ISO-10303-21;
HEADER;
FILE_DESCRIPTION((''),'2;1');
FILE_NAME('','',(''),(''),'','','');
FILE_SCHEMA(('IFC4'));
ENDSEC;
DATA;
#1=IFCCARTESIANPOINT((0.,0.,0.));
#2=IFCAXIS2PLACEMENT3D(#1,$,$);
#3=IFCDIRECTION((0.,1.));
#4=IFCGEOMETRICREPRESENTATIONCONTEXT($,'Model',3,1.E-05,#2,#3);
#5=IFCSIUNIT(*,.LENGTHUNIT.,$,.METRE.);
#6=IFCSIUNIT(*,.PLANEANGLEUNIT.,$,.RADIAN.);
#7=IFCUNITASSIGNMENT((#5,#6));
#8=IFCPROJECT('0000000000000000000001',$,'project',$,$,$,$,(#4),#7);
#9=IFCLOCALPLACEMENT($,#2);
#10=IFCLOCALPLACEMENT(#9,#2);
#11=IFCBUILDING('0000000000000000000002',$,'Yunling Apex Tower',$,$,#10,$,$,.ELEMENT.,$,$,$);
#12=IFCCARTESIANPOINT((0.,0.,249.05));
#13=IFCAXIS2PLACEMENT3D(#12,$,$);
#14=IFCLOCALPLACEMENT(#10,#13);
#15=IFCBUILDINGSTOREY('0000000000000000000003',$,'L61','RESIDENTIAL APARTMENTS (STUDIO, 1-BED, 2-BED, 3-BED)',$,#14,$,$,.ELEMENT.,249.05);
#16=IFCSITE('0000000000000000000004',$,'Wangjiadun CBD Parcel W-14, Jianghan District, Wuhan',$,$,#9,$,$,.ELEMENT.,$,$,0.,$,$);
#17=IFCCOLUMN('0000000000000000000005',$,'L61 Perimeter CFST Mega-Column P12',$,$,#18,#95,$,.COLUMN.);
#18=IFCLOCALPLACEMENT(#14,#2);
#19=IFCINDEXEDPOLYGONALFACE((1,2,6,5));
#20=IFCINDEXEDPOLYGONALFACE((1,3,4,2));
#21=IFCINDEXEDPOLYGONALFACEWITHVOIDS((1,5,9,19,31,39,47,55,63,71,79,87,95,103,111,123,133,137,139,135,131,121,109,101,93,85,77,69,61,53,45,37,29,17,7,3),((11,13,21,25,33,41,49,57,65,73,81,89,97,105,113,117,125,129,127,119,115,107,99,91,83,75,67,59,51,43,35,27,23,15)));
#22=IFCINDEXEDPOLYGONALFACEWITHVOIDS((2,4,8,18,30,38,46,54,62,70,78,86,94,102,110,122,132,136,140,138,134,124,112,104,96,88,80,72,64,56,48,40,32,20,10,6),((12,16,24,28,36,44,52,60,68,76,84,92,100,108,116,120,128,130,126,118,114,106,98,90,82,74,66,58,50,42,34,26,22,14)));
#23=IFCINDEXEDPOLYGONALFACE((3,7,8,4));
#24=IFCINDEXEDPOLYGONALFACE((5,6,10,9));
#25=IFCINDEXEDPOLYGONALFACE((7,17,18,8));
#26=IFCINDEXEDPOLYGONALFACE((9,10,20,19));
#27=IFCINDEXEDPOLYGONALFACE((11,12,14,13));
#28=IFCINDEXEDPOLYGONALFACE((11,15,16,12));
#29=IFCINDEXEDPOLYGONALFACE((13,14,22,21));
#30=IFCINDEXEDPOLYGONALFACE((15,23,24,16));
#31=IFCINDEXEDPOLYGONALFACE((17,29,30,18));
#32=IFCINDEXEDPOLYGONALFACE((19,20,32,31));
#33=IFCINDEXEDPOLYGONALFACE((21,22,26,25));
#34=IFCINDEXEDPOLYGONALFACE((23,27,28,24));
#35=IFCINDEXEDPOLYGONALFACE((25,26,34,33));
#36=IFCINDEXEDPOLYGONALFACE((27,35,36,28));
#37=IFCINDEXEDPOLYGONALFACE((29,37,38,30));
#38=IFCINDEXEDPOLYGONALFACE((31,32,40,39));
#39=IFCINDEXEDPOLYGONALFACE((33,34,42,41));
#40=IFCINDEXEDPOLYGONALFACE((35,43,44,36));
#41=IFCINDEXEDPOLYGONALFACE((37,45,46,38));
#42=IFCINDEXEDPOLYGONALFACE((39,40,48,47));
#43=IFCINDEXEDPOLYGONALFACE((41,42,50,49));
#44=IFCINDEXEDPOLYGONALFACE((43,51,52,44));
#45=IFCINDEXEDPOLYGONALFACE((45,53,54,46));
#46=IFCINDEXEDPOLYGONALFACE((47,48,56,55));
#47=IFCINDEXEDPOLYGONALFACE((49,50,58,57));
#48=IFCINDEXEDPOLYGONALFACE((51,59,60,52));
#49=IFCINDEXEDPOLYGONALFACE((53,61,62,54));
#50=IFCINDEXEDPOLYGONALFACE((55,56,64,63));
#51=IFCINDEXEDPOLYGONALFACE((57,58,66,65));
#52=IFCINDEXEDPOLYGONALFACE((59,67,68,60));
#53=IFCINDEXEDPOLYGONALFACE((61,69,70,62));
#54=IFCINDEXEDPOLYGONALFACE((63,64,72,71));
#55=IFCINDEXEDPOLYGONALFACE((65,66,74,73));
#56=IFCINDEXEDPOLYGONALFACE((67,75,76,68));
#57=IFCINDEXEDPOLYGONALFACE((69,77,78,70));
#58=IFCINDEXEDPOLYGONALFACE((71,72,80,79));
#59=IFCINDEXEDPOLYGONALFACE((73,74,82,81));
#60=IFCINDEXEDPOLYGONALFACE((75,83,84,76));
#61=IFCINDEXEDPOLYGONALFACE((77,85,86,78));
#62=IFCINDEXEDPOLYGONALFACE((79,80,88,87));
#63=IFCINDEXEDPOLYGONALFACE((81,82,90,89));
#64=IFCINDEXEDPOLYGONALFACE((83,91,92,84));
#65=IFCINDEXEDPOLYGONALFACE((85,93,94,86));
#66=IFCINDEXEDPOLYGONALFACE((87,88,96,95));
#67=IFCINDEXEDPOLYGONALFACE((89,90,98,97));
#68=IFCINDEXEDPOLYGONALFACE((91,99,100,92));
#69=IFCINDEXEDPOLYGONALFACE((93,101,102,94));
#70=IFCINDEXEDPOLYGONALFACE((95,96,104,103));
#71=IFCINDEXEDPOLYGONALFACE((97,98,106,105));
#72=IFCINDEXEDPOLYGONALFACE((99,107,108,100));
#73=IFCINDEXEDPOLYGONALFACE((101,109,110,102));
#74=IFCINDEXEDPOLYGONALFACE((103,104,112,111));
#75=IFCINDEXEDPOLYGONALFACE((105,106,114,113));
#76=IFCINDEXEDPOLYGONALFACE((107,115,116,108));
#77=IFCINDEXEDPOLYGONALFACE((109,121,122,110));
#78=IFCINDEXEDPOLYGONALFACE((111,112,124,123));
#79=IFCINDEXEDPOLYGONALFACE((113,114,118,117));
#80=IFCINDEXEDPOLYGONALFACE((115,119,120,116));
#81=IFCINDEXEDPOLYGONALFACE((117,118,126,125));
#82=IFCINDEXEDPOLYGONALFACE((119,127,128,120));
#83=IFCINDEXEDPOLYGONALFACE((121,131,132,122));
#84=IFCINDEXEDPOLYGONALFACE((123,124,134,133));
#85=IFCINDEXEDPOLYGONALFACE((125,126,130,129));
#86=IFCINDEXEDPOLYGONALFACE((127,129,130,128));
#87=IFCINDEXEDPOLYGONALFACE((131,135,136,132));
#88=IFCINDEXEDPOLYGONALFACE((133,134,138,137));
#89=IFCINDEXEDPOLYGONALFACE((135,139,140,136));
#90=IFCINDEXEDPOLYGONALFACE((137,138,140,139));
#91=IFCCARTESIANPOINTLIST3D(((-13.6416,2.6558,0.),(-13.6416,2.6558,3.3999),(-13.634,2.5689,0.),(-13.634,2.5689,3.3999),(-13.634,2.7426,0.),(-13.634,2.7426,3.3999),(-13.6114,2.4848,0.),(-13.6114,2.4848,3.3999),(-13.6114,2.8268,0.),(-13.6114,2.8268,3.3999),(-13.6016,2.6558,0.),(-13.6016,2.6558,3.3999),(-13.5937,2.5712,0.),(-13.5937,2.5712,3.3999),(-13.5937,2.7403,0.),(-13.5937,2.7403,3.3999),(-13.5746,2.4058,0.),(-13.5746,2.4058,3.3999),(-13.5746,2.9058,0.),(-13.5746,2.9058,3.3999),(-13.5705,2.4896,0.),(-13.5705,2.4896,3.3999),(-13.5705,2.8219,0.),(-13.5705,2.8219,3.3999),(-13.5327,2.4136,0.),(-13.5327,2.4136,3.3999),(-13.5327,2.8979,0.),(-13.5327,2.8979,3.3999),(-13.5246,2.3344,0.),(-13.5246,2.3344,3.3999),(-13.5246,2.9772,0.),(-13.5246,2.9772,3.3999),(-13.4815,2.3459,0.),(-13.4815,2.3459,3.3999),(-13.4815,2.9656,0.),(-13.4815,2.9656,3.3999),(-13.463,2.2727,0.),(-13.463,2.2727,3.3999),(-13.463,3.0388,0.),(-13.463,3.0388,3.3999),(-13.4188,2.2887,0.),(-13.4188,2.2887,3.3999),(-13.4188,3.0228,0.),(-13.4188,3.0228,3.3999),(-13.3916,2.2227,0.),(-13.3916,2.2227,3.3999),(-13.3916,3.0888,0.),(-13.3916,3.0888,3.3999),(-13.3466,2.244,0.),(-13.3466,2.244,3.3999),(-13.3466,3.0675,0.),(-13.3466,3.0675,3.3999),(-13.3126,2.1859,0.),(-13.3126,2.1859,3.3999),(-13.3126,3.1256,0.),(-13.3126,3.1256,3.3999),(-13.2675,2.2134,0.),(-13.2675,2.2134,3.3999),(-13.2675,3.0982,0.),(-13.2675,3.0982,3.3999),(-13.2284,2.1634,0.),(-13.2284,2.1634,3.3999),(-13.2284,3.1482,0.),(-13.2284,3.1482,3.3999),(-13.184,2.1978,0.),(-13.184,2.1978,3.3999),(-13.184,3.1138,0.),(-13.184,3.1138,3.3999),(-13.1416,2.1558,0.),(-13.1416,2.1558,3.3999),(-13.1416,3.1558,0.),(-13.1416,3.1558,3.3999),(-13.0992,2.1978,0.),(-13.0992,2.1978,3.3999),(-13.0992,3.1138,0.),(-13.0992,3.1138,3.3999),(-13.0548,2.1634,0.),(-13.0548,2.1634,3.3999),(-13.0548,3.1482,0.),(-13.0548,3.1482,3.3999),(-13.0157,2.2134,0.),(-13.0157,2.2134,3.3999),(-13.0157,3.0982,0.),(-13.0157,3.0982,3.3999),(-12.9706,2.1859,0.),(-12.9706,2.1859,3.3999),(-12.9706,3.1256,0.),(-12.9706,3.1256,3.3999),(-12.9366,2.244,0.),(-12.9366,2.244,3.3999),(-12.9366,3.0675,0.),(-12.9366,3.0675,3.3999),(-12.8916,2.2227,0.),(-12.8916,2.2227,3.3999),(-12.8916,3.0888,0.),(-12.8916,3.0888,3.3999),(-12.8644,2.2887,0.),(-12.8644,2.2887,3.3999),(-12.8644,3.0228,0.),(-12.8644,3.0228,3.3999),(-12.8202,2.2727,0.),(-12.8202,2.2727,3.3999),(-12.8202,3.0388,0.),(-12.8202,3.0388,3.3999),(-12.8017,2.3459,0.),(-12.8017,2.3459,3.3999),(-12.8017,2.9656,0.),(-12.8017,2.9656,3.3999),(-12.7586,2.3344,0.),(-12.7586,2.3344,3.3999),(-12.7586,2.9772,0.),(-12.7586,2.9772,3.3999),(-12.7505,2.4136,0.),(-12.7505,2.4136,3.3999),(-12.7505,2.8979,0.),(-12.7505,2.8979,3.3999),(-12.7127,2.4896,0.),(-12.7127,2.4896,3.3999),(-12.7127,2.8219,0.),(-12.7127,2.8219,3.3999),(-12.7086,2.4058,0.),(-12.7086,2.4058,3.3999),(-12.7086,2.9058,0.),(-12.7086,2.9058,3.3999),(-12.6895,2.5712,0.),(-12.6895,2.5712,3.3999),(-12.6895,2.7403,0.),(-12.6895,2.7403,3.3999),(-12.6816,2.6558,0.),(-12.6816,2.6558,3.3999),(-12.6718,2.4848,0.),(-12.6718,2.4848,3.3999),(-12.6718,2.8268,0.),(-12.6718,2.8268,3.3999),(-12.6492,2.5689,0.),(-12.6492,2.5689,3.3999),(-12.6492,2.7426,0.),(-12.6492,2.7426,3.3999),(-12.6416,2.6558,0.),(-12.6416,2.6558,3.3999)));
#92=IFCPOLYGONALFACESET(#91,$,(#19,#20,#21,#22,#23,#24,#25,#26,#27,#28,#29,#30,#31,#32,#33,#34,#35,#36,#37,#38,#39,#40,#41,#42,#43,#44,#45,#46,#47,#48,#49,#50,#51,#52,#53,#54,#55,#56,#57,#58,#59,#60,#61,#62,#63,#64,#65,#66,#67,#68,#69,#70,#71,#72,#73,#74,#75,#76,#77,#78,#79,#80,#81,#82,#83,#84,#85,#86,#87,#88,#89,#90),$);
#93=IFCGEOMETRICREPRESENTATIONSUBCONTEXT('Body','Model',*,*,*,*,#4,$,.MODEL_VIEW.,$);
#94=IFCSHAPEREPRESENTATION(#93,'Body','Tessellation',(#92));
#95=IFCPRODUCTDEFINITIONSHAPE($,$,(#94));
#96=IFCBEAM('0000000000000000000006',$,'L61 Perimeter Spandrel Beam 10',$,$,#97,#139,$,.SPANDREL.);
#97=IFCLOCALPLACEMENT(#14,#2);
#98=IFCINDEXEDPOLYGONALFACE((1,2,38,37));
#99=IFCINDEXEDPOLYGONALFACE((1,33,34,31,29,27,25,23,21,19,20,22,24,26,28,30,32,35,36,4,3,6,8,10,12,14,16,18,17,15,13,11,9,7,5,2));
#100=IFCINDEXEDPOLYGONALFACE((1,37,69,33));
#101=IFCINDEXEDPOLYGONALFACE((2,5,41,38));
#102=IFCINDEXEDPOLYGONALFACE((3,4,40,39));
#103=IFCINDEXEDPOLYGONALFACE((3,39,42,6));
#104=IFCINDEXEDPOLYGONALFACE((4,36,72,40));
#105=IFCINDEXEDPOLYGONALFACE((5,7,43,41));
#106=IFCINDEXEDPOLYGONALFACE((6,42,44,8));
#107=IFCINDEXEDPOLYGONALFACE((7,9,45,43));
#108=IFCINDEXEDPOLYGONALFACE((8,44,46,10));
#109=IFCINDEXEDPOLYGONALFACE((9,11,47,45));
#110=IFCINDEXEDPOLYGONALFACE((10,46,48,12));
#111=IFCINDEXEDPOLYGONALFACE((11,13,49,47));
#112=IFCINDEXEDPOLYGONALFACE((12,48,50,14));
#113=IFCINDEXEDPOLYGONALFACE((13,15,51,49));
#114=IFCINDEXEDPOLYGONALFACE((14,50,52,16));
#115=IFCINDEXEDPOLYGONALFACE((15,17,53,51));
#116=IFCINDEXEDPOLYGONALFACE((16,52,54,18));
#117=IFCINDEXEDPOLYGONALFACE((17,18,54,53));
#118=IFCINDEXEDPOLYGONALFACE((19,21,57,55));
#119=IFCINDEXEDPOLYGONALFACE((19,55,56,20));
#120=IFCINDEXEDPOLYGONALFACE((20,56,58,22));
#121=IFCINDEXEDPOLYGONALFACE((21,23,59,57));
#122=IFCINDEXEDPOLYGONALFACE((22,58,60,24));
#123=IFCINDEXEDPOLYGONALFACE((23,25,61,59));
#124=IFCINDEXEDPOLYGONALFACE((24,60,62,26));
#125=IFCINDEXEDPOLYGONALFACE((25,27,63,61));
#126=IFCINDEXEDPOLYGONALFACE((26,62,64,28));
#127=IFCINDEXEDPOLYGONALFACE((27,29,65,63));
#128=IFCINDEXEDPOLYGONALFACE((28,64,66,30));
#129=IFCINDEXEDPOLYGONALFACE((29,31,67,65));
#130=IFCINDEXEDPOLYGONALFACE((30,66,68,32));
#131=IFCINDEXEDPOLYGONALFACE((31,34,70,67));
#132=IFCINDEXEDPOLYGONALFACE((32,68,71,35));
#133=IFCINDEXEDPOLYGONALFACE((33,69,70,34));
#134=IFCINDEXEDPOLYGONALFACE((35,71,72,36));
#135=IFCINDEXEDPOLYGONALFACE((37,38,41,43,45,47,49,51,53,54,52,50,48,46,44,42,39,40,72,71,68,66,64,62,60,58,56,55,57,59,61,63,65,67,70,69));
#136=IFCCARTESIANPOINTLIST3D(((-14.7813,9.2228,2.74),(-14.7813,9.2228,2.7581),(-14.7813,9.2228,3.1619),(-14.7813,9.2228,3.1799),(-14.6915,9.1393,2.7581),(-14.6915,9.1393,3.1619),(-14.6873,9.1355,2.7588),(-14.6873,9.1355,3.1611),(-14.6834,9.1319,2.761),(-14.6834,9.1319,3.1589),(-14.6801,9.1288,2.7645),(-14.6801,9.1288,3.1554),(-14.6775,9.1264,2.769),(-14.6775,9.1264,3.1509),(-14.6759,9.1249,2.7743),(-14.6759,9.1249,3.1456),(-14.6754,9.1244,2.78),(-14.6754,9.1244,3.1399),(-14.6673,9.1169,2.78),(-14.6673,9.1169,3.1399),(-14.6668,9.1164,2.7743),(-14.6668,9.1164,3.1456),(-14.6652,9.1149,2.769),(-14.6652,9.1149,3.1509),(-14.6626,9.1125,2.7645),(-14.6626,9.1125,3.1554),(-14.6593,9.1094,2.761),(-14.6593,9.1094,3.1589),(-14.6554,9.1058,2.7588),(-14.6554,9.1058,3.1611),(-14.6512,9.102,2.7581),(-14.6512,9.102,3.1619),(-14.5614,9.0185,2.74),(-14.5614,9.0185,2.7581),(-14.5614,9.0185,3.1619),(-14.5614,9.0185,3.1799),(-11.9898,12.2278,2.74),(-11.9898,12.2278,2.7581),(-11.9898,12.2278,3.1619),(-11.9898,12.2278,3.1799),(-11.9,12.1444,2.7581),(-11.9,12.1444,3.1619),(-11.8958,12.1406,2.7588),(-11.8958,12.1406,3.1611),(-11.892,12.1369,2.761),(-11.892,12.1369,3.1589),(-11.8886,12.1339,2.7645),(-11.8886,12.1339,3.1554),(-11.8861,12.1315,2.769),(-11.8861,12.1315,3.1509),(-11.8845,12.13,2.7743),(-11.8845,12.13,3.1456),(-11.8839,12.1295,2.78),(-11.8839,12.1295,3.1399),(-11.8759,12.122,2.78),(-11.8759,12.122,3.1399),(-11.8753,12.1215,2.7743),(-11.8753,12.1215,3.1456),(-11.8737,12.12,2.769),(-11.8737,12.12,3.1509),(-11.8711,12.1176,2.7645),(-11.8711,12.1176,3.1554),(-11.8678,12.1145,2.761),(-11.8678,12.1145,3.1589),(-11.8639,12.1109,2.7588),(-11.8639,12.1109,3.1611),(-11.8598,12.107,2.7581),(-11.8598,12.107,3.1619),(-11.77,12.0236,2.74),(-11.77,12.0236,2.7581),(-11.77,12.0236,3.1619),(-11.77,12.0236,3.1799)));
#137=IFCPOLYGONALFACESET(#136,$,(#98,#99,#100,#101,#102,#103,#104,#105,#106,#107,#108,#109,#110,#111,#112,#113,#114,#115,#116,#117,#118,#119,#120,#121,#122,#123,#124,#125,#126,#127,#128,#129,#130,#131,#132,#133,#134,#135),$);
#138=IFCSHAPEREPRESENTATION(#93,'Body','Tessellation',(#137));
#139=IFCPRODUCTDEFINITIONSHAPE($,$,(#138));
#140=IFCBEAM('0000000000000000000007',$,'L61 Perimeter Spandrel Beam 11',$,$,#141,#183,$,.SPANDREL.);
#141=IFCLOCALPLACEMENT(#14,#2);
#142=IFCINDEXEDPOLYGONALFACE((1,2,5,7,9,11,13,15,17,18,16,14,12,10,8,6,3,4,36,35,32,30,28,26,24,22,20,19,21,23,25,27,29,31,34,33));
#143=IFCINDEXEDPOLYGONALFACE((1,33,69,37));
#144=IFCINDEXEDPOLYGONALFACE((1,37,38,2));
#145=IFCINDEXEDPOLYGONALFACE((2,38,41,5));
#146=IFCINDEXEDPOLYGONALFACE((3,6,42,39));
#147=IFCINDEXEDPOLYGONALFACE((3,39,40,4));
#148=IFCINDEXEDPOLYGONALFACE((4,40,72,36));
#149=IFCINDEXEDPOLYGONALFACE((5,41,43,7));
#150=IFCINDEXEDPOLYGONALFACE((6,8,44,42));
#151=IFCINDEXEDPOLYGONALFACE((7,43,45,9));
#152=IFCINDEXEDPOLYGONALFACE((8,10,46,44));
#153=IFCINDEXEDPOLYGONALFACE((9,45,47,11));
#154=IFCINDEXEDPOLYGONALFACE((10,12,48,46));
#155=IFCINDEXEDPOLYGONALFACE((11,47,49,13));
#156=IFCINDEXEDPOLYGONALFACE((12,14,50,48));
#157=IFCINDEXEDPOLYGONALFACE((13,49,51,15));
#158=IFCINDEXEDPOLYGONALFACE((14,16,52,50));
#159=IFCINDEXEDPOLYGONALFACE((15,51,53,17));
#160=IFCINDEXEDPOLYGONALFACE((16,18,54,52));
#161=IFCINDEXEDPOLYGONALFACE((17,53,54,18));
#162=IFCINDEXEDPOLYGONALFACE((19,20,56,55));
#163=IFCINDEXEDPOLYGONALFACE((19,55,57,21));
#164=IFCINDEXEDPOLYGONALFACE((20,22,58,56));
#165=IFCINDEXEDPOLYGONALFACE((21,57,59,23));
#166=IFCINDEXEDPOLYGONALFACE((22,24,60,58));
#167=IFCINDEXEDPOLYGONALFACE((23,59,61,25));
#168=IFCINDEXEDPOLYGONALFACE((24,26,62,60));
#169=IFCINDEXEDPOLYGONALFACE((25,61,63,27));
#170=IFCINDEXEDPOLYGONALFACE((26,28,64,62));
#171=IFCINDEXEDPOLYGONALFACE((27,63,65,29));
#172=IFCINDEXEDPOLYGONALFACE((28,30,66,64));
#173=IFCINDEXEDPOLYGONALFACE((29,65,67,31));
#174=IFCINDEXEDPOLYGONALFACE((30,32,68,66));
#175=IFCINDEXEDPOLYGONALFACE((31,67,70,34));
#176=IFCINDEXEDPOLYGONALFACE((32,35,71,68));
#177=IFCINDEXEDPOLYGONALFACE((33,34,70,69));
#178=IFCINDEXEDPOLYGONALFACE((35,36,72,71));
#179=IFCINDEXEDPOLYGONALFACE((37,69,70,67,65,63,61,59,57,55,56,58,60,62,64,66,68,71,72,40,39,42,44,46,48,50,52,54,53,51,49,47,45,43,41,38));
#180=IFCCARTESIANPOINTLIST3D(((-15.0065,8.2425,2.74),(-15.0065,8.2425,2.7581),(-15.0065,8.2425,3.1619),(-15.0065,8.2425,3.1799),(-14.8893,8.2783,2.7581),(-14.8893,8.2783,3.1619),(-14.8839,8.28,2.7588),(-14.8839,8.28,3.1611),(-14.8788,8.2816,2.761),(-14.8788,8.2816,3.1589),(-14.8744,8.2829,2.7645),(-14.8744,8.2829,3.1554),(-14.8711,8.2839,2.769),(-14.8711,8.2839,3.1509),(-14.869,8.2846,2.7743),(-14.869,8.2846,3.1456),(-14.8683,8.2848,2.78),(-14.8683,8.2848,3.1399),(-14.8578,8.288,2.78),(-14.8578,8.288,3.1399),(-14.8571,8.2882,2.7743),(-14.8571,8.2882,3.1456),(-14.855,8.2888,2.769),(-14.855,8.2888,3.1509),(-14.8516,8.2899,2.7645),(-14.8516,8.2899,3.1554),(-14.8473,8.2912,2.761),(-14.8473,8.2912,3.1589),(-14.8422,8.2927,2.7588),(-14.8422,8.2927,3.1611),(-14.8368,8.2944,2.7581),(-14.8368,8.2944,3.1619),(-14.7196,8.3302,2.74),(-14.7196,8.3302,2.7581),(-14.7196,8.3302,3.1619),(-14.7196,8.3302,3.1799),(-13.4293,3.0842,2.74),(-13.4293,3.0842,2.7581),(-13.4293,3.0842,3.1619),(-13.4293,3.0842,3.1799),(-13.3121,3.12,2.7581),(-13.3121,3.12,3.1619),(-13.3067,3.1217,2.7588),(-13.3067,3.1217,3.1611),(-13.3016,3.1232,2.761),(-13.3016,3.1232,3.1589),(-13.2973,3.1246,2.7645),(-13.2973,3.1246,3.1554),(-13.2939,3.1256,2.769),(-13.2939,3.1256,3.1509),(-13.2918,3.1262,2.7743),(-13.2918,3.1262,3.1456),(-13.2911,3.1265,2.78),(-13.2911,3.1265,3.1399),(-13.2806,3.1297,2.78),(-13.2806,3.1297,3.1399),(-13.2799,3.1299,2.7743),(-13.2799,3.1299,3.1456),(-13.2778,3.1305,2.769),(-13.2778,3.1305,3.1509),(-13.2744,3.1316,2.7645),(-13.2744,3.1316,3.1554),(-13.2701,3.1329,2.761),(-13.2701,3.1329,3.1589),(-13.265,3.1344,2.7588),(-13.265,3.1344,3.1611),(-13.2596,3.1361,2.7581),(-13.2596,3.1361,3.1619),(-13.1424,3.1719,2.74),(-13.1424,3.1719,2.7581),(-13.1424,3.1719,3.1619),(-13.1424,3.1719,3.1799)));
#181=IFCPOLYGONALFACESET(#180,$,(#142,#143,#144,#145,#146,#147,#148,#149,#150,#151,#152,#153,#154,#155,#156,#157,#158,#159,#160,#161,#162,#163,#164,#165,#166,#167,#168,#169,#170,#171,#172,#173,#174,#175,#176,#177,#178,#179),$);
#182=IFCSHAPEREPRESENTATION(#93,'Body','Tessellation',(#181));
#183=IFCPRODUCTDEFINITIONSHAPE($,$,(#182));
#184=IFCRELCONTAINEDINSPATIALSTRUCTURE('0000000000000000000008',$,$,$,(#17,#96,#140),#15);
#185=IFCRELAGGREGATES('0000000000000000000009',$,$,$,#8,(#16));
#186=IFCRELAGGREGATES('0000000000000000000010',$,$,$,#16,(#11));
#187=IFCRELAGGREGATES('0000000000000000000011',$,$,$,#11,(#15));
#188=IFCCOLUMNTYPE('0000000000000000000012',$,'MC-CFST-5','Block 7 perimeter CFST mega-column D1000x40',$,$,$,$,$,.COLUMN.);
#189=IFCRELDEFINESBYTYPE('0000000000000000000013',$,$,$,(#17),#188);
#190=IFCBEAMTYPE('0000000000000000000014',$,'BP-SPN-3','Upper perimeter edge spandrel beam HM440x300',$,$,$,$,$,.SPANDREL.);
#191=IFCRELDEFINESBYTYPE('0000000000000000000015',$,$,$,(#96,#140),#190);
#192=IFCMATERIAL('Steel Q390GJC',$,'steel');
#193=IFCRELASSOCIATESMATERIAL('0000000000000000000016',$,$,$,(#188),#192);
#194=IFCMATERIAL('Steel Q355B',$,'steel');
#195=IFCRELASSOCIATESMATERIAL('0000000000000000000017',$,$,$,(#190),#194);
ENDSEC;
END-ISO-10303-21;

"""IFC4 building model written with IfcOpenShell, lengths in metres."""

from ifc_helpers import new_model, si_unit, direction, frame, origin, origin_2d, place, context, subcontext, project, spatial, hollow_circle, i_section, extrude, source, transform, mapped, material, material_profile, profile_set, type_object, element, save


model = new_model("IFC4")

# Units and contexts
model_context = context("Model", 3, precision=1e-05, world=origin(), true_north=direction((0.0, 1.0)))
body_context = subcontext(model_context, "Body", "Model", "MODEL_VIEW")
ifc_project = project(units=[si_unit("LENGTHUNIT", "METRE"), si_unit("PLANEANGLEUNIT", "RADIAN")], contexts=[model_context])

# Site, building, storey
site_placement = place(None, origin())
site = spatial("IfcSite", under=ifc_project, at=site_placement, Name="Wangjiadun CBD Parcel W-14, Jianghan District, Wuhan", CompositionType="ELEMENT", RefElevation=0.0)
building_placement = place(site_placement, origin())
building = spatial("IfcBuilding", under=site, at=building_placement, Name="Yunling Apex Tower", CompositionType="ELEMENT")
storey_placement = place(building_placement, frame((0.0, 0.0, 249.05)))
storey = spatial("IfcBuildingStorey", under=building, at=storey_placement, Name="L61", Description="RESIDENTIAL APARTMENTS (STUDIO, 1-BED, 2-BED, 3-BED)", CompositionType="ELEMENT", Elevation=249.05)

# Column
ifc_material_1 = material(Name="Steel Q390GJC", Category="steel")
ifc_material_profile_1 = material_profile(ifc_material_1, hollow_circle(Radius=0.5, WallThickness=0.04, at=origin_2d()))
ifc_profile_set_1 = profile_set([ifc_material_profile_1], Name="Steel Q390GJC")
column_type = type_object("IfcColumnType", Name="MC-CFST-5", Description="Block 7 perimeter CFST mega-column D1000x40", PredefinedType="COLUMN", material=ifc_profile_set_1)
shared_shape_1 = source(origin(), body_context, "Body", "SweptSolid", [
    extrude(hollow_circle(Radius=0.5, WallThickness=0.04, at=origin_2d()), origin(), (0.0, 0.0, 1.0), 3.3999),
])
for number, where, z_axis, x_axis, name in (
    (1, (-13.1416, 2.6558, 0.0), (0.0, 0.0, 1.0), (1.0, 0.0, 0.0), "L61 Perimeter CFST Mega-Column P12"),
):
    element("IfcColumn", number, at=place(storey_placement, frame(where, z_axis=z_axis, x_axis=x_axis)), inside=storey, type_object=column_type, Name=name, PredefinedType="COLUMN", context=body_context, shape_type="MappedRepresentation", body=[
        mapped(shared_shape_1, transform((0.0, 0.0, 0.0), scale=1.0)),
    ])

# Beams
ifc_material_2 = material(Name="Steel Q355B", Category="steel")
ifc_material_profile_2 = material_profile(ifc_material_2, i_section(OverallWidth=0.3, OverallDepth=0.4399, WebThickness=0.011, FlangeThickness=0.0181, FilletRadius=0.022, at=origin_2d()))
ifc_profile_set_2 = profile_set([ifc_material_profile_2], Name="Steel Q355B")
beam_type_1 = type_object("IfcBeamType", Name="BP-SPN-3", Description="Upper perimeter edge spandrel beam HM440x300", PredefinedType="SPANDREL", material=ifc_profile_set_2)
shared_shape_2 = source(origin(), body_context, "Body", "SweptSolid", [
    extrude(i_section(OverallWidth=0.3, OverallDepth=0.4399, WebThickness=0.011, FlangeThickness=0.0181, FilletRadius=0.022, at=origin_2d()), origin(), (0.0, 0.0, 1.0), 4.1016),
])
beam_1_placement = place(storey_placement, frame((-11.8799, 12.1257, 2.96), z_axis=(-0.680586, -0.732668, 0.0), x_axis=(0.732668, -0.680586, 0.0)))
element("IfcBeam", 2, at=beam_1_placement, inside=storey, type_object=beam_type_1, Name="L61 Perimeter Spandrel Beam 10", PredefinedType="SPANDREL", context=body_context, shape_type="MappedRepresentation", body=[
    mapped(shared_shape_2, transform((0.0, 0.0, 0.0), scale=1.0)),
])
shared_shape_3 = source(origin(), body_context, "Body", "SweptSolid", [
    extrude(i_section(OverallWidth=0.3, OverallDepth=0.4399, WebThickness=0.011, FlangeThickness=0.0181, FilletRadius=0.022, at=origin_2d()), origin(), (0.0, 0.0, 1.0), 5.394),
])
for number, where, z_axis, x_axis, name in (
    (3, (-14.863, 8.2864, 2.96), (0.292393, -0.956298, 0.0), (0.956298, 0.292393, 0.0), "L61 Perimeter Spandrel Beam 11"),
):
    element("IfcBeam", number, at=place(storey_placement, frame(where, z_axis=z_axis, x_axis=x_axis)), inside=storey, type_object=beam_type_1, Name=name, PredefinedType="SPANDREL", context=body_context, shape_type="MappedRepresentation", body=[
        mapped(shared_shape_3, transform((0.0, 0.0, 0.0), scale=1.0)),
    ])

save(model, "model.ifc")
